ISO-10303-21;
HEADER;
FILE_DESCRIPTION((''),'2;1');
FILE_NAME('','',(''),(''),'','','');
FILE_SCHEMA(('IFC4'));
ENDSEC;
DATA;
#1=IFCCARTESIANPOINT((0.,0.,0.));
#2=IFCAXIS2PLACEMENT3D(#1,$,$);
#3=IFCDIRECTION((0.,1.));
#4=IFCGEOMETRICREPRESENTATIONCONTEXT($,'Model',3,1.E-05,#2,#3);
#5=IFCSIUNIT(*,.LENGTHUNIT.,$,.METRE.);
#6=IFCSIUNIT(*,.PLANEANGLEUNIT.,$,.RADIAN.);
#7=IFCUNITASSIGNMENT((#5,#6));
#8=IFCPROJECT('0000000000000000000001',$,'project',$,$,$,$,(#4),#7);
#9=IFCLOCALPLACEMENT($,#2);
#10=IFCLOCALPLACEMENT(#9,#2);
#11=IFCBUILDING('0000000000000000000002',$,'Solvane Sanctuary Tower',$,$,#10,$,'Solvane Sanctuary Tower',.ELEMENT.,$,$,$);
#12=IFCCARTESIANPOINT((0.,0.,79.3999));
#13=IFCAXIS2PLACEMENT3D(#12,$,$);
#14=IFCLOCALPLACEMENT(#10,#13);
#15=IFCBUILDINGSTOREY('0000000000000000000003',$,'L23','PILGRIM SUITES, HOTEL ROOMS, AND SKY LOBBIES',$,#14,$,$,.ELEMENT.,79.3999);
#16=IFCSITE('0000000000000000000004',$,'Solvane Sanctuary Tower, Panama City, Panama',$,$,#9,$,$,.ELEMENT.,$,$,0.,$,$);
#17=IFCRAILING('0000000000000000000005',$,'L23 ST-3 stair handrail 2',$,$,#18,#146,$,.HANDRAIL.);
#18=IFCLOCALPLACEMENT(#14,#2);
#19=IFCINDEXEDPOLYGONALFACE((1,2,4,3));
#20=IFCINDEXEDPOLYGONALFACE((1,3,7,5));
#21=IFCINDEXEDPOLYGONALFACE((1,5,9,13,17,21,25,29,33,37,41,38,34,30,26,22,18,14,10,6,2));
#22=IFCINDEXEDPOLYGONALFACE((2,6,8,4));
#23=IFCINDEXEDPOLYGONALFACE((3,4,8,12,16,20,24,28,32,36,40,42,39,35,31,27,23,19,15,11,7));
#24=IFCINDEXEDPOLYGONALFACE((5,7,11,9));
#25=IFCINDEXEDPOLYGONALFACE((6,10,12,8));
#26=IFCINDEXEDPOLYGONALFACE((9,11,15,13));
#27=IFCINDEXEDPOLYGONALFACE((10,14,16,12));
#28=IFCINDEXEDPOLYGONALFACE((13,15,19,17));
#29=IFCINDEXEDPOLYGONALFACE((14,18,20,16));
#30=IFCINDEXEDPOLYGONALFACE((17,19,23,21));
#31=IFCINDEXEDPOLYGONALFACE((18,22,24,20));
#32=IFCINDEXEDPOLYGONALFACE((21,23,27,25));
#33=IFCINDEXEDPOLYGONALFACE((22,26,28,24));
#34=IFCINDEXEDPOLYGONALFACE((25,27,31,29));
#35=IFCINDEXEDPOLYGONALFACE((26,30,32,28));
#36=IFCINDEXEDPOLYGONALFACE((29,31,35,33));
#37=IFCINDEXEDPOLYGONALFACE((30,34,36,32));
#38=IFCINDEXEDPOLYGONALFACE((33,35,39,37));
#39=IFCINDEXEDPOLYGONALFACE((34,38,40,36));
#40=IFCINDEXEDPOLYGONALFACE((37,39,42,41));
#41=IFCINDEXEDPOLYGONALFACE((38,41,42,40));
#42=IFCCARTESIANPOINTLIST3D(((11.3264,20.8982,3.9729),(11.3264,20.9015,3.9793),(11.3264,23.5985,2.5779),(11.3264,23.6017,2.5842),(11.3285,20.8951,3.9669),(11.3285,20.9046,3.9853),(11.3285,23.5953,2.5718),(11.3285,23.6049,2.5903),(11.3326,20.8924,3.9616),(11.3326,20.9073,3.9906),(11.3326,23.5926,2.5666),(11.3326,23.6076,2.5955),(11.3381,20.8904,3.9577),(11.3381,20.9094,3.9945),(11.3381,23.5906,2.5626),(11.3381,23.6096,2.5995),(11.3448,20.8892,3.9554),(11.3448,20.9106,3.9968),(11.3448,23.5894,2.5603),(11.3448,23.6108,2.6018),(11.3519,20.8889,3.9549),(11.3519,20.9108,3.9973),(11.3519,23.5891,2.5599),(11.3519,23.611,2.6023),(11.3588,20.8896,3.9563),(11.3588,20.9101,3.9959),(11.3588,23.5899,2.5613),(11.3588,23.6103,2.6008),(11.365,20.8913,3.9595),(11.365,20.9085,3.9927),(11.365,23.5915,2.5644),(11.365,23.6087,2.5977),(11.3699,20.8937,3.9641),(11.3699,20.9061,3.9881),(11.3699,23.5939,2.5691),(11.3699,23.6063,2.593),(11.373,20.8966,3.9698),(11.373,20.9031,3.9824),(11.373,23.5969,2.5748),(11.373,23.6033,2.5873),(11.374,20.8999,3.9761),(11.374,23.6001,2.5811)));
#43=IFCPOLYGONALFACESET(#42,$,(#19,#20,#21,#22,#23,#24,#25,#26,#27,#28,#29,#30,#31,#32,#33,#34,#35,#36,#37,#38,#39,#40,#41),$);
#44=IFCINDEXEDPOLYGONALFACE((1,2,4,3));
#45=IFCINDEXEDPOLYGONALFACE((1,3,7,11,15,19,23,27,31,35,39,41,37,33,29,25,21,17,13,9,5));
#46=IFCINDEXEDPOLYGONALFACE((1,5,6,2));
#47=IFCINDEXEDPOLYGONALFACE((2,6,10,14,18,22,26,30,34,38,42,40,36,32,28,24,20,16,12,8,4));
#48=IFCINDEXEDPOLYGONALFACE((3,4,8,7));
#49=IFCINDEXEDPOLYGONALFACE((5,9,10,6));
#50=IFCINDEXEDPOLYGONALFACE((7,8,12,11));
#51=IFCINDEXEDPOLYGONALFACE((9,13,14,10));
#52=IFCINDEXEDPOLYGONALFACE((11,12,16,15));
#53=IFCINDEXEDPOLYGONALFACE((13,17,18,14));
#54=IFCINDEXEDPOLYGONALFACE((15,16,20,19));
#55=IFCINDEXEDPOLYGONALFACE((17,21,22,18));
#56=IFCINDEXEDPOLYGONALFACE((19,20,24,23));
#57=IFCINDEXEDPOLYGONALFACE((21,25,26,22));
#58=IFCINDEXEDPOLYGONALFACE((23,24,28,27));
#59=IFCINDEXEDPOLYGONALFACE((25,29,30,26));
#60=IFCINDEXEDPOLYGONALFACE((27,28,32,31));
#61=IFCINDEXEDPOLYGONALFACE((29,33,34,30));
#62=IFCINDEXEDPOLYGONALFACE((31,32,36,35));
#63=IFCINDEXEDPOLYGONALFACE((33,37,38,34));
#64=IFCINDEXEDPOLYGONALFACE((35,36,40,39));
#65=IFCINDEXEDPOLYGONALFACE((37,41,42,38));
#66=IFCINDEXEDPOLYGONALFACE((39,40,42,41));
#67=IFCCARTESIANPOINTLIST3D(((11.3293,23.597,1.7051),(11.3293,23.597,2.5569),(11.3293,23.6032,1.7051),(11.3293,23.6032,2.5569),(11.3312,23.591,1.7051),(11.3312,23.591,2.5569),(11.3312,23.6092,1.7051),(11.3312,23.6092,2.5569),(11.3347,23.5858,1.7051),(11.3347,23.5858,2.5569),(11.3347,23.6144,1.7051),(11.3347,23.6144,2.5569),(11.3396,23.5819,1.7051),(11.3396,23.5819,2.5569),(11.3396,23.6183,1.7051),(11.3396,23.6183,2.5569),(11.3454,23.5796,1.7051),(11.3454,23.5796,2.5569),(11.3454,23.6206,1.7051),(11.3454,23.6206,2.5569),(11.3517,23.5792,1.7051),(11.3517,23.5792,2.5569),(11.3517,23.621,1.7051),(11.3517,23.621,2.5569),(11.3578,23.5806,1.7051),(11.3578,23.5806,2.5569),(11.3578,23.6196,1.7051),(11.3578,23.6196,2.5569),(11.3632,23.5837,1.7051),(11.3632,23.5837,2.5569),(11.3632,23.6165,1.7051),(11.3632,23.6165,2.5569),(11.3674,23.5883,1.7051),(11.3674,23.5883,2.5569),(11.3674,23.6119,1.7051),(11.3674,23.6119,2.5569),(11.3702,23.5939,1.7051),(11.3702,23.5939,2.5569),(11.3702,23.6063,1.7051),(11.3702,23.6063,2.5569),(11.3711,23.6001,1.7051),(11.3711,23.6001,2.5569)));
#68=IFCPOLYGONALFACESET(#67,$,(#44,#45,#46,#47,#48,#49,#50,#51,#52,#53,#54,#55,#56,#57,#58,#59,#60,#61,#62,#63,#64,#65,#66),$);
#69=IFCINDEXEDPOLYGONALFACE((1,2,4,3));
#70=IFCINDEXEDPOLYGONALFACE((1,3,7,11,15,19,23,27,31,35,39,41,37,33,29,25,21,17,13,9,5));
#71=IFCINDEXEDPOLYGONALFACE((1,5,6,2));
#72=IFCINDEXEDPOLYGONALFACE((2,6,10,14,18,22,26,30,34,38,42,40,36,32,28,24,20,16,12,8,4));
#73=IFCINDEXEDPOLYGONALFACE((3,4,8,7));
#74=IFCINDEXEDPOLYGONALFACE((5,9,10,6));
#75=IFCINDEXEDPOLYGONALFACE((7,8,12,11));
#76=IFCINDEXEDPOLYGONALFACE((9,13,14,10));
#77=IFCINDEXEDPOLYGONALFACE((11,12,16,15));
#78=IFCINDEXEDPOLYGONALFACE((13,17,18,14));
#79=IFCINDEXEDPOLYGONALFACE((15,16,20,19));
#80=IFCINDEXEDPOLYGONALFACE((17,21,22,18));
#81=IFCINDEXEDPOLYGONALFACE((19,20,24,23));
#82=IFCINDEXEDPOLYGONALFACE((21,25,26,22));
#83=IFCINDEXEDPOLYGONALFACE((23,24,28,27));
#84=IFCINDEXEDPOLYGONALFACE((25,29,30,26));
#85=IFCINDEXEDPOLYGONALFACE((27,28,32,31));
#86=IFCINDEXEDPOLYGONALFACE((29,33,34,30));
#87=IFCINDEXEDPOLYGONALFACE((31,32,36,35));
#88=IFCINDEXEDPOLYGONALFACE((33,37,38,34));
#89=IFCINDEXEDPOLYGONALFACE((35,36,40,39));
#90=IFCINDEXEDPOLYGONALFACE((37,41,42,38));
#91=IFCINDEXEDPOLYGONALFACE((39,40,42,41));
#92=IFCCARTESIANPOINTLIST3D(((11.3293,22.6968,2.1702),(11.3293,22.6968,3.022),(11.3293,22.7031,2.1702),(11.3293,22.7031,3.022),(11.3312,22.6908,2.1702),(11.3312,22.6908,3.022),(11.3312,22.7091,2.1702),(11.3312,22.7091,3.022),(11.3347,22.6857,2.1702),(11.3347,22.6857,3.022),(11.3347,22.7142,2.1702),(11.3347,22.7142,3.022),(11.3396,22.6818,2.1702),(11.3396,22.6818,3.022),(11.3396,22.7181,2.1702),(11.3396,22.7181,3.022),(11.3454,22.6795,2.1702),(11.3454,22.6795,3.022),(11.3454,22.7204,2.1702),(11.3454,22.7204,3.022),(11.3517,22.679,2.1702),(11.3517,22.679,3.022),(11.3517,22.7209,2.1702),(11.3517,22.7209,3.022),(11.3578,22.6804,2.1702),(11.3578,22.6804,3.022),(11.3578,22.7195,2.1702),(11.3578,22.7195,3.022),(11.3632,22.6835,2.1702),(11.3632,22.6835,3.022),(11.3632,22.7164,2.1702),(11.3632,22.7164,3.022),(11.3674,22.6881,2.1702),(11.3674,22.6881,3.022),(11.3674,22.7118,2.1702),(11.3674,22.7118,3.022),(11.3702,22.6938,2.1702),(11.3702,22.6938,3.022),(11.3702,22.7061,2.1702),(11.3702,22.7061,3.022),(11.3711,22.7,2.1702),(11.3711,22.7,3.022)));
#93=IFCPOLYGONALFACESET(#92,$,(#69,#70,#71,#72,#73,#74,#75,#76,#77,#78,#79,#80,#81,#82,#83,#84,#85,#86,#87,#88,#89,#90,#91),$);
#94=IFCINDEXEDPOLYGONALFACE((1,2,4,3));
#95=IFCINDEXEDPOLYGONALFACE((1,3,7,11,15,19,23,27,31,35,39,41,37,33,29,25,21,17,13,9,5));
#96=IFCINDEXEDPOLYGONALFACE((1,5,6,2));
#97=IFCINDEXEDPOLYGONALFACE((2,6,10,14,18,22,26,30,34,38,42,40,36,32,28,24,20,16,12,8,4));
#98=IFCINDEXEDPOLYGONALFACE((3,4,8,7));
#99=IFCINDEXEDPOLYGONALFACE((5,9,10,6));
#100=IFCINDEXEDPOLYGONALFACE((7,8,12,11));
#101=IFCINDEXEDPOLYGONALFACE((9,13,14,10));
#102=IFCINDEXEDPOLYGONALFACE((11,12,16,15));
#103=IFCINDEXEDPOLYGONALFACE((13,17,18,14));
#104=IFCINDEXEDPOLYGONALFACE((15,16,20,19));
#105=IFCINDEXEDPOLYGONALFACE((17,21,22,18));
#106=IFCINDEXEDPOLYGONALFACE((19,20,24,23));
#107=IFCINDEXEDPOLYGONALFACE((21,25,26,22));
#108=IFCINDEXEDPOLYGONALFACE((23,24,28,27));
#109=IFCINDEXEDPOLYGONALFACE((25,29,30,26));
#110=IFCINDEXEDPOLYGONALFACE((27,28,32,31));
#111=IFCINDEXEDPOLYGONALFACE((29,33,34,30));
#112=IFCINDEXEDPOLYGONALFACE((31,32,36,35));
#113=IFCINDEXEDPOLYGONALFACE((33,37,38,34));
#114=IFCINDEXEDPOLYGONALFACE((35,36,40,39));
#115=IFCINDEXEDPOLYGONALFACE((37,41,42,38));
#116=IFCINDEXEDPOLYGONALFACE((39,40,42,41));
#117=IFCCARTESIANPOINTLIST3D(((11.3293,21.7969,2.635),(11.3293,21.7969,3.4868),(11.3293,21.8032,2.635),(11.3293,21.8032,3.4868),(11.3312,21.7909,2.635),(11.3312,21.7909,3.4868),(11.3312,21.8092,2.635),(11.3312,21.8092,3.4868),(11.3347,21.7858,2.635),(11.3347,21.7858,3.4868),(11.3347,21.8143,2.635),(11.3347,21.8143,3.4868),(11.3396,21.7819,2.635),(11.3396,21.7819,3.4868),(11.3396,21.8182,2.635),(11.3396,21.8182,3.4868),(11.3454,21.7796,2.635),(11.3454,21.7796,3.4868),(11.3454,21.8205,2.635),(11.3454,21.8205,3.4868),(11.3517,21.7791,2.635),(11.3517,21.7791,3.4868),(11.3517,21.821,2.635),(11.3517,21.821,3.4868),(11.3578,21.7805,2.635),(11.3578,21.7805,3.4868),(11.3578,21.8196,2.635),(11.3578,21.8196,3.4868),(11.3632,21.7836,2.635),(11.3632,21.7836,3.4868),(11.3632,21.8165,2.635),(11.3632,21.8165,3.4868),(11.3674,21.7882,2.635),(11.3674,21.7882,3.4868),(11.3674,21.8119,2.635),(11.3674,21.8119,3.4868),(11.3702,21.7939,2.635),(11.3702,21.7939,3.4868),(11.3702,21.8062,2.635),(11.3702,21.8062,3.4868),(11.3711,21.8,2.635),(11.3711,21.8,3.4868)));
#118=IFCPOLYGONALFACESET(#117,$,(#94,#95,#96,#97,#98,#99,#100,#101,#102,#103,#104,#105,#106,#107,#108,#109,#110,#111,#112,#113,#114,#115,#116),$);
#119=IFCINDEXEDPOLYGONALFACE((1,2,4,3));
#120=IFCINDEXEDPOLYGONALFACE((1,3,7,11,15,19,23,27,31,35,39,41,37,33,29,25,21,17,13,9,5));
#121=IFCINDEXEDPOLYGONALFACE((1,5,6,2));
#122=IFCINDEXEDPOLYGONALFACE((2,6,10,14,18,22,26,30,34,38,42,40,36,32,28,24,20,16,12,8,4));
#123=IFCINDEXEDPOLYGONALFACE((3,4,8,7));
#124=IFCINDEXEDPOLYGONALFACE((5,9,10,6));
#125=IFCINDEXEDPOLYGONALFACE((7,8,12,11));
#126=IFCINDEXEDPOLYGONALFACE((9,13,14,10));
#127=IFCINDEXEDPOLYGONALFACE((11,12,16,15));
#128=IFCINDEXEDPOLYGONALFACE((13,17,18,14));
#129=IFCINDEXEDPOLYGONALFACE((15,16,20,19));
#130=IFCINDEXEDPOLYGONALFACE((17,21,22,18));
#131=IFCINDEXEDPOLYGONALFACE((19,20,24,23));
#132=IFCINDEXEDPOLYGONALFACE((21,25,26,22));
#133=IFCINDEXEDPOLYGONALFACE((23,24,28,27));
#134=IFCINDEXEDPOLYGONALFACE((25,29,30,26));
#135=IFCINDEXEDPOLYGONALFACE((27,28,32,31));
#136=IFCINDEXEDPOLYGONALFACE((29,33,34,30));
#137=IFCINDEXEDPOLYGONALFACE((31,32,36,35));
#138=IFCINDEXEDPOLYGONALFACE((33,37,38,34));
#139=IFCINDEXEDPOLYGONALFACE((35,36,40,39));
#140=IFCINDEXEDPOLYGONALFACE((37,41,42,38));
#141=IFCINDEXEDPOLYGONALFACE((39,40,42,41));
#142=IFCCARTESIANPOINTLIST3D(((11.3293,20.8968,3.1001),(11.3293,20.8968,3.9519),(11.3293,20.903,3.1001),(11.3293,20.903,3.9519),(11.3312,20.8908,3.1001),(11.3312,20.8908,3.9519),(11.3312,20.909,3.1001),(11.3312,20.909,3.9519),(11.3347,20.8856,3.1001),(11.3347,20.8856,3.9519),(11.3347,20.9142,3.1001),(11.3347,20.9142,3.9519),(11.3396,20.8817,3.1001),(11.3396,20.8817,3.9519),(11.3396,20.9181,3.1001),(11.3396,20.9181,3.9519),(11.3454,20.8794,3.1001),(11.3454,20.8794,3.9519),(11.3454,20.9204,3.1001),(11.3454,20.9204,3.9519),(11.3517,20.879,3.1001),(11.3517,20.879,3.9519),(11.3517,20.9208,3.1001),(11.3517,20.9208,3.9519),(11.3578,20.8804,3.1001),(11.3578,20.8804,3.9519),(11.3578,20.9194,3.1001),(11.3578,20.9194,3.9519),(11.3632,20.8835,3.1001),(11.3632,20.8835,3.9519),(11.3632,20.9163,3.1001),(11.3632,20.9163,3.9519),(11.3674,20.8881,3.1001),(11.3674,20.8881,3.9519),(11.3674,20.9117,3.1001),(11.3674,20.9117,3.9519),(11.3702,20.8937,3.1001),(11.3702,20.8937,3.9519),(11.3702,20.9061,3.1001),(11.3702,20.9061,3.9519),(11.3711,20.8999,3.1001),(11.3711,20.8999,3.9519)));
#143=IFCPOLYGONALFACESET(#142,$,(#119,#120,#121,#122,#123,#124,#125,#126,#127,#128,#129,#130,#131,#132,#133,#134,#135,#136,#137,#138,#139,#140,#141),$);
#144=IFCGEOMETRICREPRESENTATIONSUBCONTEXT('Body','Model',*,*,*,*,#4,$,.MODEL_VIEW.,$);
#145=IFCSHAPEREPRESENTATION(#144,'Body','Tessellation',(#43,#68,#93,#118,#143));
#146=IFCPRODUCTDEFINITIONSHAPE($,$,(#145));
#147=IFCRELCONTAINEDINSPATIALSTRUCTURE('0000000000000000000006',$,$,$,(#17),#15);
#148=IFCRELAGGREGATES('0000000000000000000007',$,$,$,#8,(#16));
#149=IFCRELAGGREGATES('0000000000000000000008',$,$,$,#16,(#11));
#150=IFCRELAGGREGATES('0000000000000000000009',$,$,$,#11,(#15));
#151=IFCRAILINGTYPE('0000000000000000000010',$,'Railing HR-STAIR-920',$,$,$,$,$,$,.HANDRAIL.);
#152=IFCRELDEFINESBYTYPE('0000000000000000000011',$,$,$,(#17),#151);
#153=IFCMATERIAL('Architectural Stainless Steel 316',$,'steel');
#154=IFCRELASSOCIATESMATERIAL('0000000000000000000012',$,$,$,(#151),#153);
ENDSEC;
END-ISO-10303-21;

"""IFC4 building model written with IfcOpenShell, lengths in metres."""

from ifc_helpers import new_model, si_unit, direction, frame, origin, origin_2d, place, context, subcontext, project, spatial, circle, extrude, material, type_object, element, save


model = new_model("IFC4")

# Units and contexts
model_context = context("Model", 3, precision=1e-05, world=origin(), true_north=direction((0.0, 1.0)))
body_context = subcontext(model_context, "Body", "Model", "MODEL_VIEW")
ifc_project = project(units=[si_unit("LENGTHUNIT", "METRE"), si_unit("PLANEANGLEUNIT", "RADIAN")], contexts=[model_context])

# Site, building, storey
site_placement = place(None, origin())
site = spatial("IfcSite", under=ifc_project, at=site_placement, Name="Solvane Sanctuary Tower, Panama City, Panama", CompositionType="ELEMENT", RefElevation=0.0)
building_placement = place(site_placement, origin())
building = spatial("IfcBuilding", under=site, at=building_placement, Name="Solvane Sanctuary Tower", LongName="Solvane Sanctuary Tower", CompositionType="ELEMENT")
storey_placement = place(building_placement, frame((0.0, 0.0, 79.3999)))
storey = spatial("IfcBuildingStorey", under=building, at=storey_placement, Name="L23", Description="PILGRIM SUITES, HOTEL ROOMS, AND SKY LOBBIES", CompositionType="ELEMENT", Elevation=79.3999)

# Railing
ifc_material_1 = material(Name="Architectural Stainless Steel 316", Category="steel")
railing_type_1 = type_object("IfcRailingType", Name="Railing HR-STAIR-920", PredefinedType="HANDRAIL", material=ifc_material_1)
railing_1_placement = place(storey_placement, frame((11.3501, 23.6001, 1.7051)))
element("IfcRailing", 1, at=railing_1_placement, inside=storey, type_object=railing_type_1, Name="L23 ST-3 stair handrail 2", PredefinedType="HANDRAIL", context=body_context, shape_type="SweptSolid", body=[
    extrude(circle(Radius=0.0239, at=origin_2d()), frame((0.0, 0.0, 0.876), z_axis=(0.0, -0.888437, 0.458999), x_axis=(1.0, 0.0, 0.0)), (0.0, 0.0, 1.0), 3.0393),
    extrude(circle(Radius=0.021, at=origin_2d()), origin(), (0.0, 0.0, 1.0), 0.8518),
    extrude(circle(Radius=0.021, at=origin_2d()), frame((0.0, -0.9001, 0.4651)), (0.0, 0.0, 1.0), 0.8518),
    extrude(circle(Radius=0.021, at=origin_2d()), frame((0.0, -1.8, 0.9299)), (0.0, 0.0, 1.0), 0.8518),
    extrude(circle(Radius=0.021, at=origin_2d()), frame((0.0, -2.7002, 1.395)), (0.0, 0.0, 1.0), 0.8518),
])

save(model, "model.ifc")
